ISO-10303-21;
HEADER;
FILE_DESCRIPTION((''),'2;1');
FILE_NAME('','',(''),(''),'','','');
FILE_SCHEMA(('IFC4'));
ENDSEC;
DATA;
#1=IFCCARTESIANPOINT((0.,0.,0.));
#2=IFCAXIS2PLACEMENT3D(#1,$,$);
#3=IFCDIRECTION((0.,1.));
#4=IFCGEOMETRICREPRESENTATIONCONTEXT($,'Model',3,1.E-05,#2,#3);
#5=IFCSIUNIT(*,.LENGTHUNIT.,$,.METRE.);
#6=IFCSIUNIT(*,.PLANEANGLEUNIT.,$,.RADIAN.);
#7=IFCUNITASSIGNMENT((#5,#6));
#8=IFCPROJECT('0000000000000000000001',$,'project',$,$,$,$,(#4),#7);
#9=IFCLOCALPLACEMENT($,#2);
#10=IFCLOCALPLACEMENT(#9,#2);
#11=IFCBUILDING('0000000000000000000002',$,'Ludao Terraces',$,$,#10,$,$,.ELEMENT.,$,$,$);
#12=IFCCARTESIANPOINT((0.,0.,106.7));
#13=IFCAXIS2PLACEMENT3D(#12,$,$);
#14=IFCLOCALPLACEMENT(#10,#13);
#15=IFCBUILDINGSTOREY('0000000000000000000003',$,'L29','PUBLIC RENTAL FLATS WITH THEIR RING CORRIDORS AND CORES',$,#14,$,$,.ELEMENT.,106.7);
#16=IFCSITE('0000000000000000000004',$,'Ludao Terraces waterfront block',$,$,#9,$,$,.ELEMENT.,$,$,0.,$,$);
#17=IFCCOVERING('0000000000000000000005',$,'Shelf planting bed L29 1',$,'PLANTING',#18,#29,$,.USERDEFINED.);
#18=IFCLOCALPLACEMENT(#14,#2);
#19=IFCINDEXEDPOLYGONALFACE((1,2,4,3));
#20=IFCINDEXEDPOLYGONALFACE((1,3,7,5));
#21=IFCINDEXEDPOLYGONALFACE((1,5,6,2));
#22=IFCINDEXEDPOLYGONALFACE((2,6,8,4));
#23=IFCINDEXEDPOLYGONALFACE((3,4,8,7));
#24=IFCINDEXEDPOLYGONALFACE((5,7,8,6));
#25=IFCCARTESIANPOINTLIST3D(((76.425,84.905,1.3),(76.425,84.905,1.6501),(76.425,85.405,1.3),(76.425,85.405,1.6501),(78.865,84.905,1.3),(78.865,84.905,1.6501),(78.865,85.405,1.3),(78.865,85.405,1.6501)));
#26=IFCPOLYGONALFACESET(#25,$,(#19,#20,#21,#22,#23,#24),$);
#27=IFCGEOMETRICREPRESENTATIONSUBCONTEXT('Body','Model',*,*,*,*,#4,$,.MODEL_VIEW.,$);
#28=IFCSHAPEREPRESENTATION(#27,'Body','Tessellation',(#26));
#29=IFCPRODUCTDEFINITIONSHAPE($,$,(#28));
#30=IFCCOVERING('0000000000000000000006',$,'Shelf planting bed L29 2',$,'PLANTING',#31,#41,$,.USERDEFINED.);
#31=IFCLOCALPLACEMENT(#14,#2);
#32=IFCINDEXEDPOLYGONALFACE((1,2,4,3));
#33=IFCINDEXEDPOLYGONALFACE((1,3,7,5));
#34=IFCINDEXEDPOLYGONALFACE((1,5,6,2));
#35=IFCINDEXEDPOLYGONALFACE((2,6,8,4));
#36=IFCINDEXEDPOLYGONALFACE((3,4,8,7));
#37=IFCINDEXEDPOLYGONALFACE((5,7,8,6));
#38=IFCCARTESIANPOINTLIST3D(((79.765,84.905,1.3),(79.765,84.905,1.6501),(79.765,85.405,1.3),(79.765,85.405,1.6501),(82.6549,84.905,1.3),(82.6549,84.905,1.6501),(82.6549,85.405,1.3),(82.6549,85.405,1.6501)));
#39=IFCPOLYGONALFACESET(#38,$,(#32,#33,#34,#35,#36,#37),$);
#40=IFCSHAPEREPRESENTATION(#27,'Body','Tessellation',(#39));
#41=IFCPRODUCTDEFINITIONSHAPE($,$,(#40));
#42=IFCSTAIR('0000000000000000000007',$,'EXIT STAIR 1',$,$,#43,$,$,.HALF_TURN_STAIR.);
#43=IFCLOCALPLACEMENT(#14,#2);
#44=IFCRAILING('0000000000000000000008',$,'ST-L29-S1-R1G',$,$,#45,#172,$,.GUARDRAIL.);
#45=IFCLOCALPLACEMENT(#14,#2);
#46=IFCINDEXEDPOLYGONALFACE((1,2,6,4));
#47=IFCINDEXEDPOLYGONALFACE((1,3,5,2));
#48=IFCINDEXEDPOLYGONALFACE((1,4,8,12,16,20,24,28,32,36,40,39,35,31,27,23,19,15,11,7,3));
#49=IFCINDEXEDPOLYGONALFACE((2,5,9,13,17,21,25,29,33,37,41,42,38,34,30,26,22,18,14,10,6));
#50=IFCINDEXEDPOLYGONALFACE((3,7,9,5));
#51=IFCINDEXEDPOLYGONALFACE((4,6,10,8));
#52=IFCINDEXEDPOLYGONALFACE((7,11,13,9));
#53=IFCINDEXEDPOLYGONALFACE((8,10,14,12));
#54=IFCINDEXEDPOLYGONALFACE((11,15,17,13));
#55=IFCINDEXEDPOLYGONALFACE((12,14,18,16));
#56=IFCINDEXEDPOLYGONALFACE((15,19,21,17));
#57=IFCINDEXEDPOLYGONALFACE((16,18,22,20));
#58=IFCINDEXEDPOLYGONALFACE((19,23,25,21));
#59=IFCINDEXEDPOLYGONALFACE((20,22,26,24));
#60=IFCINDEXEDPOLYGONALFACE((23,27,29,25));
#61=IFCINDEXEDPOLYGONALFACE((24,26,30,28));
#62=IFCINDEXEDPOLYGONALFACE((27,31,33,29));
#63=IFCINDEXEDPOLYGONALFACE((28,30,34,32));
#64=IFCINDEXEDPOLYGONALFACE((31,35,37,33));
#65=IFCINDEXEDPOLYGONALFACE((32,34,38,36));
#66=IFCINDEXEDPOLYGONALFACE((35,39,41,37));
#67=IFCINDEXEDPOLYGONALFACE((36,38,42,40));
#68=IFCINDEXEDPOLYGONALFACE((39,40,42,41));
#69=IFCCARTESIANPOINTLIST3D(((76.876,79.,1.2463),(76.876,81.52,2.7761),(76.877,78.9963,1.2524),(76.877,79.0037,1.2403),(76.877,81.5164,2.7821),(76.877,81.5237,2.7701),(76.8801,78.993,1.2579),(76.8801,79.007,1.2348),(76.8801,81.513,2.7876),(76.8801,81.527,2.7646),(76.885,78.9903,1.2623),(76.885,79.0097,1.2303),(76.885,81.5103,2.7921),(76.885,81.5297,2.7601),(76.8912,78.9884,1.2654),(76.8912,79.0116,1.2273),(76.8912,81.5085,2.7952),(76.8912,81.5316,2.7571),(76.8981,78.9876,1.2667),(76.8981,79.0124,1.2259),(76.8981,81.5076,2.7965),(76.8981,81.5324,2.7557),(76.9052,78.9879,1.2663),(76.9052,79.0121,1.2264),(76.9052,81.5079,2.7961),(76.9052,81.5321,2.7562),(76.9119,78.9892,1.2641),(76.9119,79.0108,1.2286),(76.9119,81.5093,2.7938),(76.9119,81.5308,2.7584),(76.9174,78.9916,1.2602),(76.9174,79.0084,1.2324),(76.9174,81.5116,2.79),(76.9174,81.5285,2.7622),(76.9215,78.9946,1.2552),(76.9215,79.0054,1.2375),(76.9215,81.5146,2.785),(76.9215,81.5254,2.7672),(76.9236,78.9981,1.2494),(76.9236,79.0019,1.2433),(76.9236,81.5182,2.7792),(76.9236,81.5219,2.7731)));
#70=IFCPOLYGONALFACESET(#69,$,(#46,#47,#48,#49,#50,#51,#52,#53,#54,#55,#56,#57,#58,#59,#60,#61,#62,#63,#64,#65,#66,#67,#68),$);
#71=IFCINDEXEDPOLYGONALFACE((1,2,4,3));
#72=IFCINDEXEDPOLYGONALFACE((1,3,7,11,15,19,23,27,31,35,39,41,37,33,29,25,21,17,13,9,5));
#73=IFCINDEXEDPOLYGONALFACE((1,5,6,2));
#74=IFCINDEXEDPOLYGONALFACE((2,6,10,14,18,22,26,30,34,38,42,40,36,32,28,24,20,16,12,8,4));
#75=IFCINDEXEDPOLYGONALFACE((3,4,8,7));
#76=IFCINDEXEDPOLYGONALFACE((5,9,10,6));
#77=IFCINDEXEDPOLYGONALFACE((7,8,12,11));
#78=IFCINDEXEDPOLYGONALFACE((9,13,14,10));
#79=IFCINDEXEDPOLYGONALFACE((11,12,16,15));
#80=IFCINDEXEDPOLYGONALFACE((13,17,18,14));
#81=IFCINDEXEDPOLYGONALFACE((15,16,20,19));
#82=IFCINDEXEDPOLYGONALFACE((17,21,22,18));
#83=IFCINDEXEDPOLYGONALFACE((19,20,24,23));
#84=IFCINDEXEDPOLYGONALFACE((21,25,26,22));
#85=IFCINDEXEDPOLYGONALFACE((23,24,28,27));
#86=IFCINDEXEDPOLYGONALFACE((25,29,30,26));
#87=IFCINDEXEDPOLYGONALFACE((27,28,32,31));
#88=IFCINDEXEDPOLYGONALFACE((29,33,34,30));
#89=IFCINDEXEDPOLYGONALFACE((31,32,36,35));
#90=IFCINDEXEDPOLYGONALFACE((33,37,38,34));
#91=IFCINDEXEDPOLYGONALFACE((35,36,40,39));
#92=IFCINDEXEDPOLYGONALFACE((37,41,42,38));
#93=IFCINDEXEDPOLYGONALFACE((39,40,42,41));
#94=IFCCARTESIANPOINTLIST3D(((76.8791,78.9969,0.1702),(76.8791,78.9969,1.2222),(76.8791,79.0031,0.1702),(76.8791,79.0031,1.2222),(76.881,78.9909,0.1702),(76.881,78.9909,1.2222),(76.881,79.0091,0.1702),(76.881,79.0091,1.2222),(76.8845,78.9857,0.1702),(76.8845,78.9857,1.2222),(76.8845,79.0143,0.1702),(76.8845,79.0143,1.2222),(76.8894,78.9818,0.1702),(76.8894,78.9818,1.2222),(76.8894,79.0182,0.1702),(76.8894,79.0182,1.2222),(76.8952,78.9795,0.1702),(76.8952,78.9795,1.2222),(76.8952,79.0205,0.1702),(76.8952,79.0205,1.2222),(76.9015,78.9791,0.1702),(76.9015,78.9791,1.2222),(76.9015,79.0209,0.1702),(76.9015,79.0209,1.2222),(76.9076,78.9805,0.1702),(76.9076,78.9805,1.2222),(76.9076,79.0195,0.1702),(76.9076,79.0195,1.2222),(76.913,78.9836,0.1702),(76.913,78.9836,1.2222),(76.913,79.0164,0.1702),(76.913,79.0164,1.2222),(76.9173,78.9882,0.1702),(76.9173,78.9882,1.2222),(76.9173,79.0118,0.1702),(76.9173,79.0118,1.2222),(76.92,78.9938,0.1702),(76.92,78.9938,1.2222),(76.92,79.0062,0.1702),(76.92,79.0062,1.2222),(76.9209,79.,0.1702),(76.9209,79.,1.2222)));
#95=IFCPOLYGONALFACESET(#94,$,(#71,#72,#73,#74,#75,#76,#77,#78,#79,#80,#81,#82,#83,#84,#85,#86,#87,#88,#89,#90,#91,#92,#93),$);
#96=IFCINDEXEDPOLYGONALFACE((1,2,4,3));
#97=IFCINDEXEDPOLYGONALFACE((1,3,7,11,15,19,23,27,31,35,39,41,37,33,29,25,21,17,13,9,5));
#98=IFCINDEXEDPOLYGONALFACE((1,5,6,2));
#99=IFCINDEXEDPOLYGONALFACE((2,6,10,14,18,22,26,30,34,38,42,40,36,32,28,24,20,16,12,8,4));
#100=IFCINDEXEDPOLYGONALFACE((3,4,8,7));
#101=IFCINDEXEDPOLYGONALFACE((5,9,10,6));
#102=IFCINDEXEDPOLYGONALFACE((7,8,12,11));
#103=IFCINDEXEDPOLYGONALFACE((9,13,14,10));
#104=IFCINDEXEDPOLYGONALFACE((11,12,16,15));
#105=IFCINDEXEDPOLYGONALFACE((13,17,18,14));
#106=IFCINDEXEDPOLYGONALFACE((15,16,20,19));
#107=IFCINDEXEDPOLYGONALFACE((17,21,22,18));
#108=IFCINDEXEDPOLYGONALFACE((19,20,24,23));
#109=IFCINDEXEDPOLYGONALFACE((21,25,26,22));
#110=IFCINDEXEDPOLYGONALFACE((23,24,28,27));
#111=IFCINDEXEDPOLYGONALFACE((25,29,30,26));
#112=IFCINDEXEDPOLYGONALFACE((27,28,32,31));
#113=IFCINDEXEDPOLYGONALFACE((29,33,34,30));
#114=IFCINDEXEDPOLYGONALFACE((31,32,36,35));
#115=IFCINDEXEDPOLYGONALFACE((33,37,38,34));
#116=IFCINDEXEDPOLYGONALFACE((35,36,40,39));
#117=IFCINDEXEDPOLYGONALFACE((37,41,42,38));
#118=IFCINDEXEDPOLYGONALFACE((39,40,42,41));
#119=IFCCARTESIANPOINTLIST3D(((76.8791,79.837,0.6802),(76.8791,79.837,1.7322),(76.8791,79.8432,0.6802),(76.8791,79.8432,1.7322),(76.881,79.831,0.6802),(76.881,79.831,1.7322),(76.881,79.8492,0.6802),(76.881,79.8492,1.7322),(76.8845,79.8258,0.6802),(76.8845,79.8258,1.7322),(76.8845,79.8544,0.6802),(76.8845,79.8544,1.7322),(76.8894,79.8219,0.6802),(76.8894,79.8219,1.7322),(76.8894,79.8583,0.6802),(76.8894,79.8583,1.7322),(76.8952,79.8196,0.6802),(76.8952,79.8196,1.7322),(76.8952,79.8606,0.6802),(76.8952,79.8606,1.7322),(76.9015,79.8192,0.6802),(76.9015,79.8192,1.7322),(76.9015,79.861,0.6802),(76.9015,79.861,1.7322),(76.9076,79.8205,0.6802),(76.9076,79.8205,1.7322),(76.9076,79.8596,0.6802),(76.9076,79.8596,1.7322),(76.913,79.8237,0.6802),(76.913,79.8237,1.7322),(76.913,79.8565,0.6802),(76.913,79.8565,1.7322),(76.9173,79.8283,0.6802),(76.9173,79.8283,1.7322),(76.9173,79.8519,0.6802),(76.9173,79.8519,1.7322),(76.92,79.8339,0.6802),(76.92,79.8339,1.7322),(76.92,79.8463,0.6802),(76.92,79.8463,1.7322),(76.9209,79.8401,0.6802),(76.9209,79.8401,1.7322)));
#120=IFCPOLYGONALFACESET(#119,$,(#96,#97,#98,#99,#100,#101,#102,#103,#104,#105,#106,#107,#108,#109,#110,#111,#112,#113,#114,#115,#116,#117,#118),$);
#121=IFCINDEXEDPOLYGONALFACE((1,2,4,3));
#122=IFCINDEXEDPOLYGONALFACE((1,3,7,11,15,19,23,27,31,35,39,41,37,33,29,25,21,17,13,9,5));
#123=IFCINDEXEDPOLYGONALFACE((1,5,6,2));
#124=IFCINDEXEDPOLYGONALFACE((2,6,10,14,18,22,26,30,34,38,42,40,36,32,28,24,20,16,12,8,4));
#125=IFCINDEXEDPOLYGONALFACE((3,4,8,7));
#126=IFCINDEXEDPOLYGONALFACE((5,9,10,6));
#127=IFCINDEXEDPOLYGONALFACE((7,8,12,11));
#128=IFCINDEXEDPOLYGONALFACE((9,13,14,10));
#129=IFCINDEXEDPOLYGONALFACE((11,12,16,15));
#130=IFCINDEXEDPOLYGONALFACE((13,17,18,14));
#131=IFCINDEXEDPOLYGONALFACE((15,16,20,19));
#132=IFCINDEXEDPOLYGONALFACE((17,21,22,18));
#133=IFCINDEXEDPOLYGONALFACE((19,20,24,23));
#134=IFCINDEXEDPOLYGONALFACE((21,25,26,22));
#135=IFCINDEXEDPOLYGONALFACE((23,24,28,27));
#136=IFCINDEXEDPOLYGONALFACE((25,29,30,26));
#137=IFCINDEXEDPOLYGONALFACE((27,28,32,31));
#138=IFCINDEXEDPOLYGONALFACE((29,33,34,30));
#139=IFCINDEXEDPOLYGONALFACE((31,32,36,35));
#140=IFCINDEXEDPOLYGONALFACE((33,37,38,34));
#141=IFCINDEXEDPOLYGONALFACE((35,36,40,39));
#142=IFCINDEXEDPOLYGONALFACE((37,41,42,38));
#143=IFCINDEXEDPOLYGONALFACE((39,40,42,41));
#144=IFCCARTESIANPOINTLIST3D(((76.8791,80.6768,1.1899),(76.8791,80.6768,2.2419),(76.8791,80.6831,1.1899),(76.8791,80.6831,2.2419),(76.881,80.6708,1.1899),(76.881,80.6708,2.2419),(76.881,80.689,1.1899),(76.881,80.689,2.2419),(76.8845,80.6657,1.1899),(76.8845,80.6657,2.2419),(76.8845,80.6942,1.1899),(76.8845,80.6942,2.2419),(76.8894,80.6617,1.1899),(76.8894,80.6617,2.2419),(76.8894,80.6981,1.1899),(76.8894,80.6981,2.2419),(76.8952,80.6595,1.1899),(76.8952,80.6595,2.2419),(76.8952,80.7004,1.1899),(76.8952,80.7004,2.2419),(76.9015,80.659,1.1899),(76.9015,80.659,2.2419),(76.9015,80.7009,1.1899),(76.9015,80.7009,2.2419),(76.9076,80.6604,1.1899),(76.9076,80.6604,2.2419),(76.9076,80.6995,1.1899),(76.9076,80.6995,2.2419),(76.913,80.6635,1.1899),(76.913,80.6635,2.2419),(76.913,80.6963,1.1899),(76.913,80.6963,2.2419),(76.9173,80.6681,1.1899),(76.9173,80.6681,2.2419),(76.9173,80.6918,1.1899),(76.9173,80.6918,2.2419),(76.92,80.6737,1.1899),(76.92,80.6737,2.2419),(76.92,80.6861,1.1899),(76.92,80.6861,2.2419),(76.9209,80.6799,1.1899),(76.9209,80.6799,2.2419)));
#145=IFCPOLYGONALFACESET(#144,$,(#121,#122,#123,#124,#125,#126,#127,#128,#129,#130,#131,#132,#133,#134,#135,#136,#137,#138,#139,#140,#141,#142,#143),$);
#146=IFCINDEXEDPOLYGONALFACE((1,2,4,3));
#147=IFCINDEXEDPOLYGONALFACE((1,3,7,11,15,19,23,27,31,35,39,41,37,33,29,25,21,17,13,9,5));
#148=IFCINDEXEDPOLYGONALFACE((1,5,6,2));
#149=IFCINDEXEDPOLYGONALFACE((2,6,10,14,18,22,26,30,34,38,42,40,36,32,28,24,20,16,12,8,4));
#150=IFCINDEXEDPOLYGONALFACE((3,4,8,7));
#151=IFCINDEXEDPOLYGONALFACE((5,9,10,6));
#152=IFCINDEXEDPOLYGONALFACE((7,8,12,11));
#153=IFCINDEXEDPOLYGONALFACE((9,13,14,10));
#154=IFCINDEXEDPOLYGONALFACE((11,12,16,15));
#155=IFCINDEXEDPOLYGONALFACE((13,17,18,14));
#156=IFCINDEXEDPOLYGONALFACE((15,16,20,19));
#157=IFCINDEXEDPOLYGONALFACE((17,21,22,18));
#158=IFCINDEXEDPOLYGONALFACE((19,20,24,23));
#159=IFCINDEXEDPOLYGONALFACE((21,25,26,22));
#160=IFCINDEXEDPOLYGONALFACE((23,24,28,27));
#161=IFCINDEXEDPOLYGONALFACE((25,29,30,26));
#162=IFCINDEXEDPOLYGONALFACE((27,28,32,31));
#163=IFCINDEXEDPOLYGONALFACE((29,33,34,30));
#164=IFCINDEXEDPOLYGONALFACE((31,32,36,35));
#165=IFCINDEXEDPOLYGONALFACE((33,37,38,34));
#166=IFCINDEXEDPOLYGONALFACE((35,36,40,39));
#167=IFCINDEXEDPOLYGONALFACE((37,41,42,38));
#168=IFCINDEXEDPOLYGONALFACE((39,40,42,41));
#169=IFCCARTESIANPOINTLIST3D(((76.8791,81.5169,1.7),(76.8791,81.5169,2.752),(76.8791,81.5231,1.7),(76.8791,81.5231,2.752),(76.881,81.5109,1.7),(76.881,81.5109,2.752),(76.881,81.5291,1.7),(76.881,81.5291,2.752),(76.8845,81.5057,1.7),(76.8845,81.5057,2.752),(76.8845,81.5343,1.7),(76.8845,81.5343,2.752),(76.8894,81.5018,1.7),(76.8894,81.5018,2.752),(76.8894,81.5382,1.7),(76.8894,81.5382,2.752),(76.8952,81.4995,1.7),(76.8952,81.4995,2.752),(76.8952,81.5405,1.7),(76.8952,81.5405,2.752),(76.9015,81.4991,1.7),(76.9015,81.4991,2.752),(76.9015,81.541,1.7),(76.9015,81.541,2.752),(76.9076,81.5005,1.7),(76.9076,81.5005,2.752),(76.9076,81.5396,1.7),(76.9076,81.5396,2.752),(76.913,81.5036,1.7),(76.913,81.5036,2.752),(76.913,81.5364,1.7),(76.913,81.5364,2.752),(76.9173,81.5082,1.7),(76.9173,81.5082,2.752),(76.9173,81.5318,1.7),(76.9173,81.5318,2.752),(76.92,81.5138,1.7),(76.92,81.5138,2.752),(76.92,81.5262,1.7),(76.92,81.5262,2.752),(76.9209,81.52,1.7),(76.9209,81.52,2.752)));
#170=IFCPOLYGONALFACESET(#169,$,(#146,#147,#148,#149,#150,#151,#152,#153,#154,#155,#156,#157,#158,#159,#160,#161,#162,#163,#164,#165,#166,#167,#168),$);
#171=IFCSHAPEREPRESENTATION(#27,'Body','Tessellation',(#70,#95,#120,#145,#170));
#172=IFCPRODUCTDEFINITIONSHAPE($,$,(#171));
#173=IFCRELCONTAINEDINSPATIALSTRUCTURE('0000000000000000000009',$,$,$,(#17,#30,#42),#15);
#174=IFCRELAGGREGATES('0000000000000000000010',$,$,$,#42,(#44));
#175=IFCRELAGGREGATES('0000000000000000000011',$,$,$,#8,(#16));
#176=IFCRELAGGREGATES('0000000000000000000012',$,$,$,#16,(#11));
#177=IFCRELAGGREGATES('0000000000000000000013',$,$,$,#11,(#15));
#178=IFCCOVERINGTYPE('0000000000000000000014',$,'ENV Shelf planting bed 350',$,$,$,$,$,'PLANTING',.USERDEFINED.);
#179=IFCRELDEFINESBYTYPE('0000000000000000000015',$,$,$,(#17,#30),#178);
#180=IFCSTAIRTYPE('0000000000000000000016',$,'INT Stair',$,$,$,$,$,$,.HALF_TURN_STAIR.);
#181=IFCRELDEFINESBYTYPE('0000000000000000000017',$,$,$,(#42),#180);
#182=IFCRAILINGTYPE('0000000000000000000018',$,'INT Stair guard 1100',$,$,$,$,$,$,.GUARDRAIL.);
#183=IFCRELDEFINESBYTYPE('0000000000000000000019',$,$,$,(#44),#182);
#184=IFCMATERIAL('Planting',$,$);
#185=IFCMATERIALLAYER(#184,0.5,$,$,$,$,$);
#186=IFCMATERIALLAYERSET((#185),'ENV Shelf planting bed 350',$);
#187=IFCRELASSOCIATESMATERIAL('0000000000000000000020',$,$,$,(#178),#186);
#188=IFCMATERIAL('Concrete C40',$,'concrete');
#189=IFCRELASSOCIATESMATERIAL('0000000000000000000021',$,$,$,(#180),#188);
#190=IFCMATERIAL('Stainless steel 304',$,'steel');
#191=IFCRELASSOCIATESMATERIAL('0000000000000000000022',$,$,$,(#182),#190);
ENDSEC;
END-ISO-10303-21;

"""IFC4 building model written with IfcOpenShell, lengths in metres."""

from ifc_helpers import new_model, si_unit, direction, frame, origin, origin_2d, place, context, subcontext, project, spatial, rectangle, circle, extrude, material, layer, layer_set, type_object, element, aggregate, save


model = new_model("IFC4")

# Units and contexts
model_context = context("Model", 3, precision=1e-05, world=origin(), true_north=direction((0.0, 1.0)))
body_context = subcontext(model_context, "Body", "Model", "MODEL_VIEW")
ifc_project = project(units=[si_unit("LENGTHUNIT", "METRE"), si_unit("PLANEANGLEUNIT", "RADIAN")], contexts=[model_context])

# Site, building, storey
site_placement = place(None, origin())
site = spatial("IfcSite", under=ifc_project, at=site_placement, Name="Ludao Terraces waterfront block", CompositionType="ELEMENT", RefElevation=0.0)
building_placement = place(site_placement, origin())
building = spatial("IfcBuilding", under=site, at=building_placement, Name="Ludao Terraces", CompositionType="ELEMENT")
storey_placement = place(building_placement, frame((0.0, 0.0, 106.7)))
storey = spatial("IfcBuildingStorey", under=building, at=storey_placement, Name="L29", Description="PUBLIC RENTAL FLATS WITH THEIR RING CORRIDORS AND CORES", CompositionType="ELEMENT", Elevation=106.7)

# Coverings
ifc_material_1 = material(Name="Planting")
ifc_layer_1 = layer(ifc_material_1, 0.5)
ifc_layer_set_1 = layer_set([ifc_layer_1], Name="ENV Shelf planting bed 350")
covering_type_1 = type_object("IfcCoveringType", Name="ENV Shelf planting bed 350", ElementType="PLANTING", PredefinedType="USERDEFINED", material=ifc_layer_set_1)
covering_1_placement = place(storey_placement, frame((77.645, 85.155, 1.3), z_axis=(0.0, 0.0, 1.0), x_axis=(1.0, 0.0, 0.0)))
element("IfcCovering", 1, at=covering_1_placement, inside=storey, type_object=covering_type_1, Name="Shelf planting bed L29 1", ObjectType="PLANTING", PredefinedType="USERDEFINED", context=body_context, shape_type="SweptSolid", body=[
    extrude(rectangle(XDim=2.4399, YDim=0.5, at=origin_2d()), origin(), (0.0, 0.0, 1.0), 0.3501),
])
covering_2_placement = place(storey_placement, frame((81.21, 85.155, 1.3), z_axis=(0.0, 0.0, 1.0), x_axis=(1.0, 0.0, 0.0)))
element("IfcCovering", 2, at=covering_2_placement, inside=storey, type_object=covering_type_1, Name="Shelf planting bed L29 2", ObjectType="PLANTING", PredefinedType="USERDEFINED", context=body_context, shape_type="SweptSolid", body=[
    extrude(rectangle(XDim=2.8899, YDim=0.5, at=origin_2d()), origin(), (0.0, 0.0, 1.0), 0.3501),
])

# Stair, railing
ifc_material_2 = material(Name="Concrete C40", Category="concrete")
stair_type = type_object("IfcStairType", Name="INT Stair", PredefinedType="HALF_TURN_STAIR", material=ifc_material_2)
stair_placement = place(storey_placement, origin())
stair = element("IfcStair", 3, at=stair_placement, inside=storey, type_object=stair_type, Name="EXIT STAIR 1", PredefinedType="HALF_TURN_STAIR")
ifc_material_3 = material(Name="Stainless steel 304", Category="steel")
railing_type_1 = type_object("IfcRailingType", Name="INT Stair guard 1100", PredefinedType="GUARDRAIL", material=ifc_material_3)
railing_1_placement = place(storey_placement, frame((76.8999, 79.0, 0.1702)))
railing_1 = element("IfcRailing", 4, at=railing_1_placement, type_object=railing_type_1, Name="ST-L29-S1-R1G", PredefinedType="GUARDRAIL", context=body_context, shape_type="SweptSolid", body=[
    extrude(circle(Radius=0.0239, at=origin_2d()), frame((0.0, 0.0, 1.0762), z_axis=(0.0, 0.854822, 0.518922), x_axis=(-1.0, 0.0, 0.0)), (0.0, 0.0, 1.0), 2.948),
    extrude(circle(Radius=0.021, at=origin_2d()), origin(), (0.0, 0.0, 1.0), 1.052),
    extrude(circle(Radius=0.021, at=origin_2d()), frame((0.0, 0.8401, 0.51)), (0.0, 0.0, 1.0), 1.052),
    extrude(circle(Radius=0.021, at=origin_2d()), frame((0.0, 1.6799, 1.0198)), (0.0, 0.0, 1.0), 1.052),
    extrude(circle(Radius=0.021, at=origin_2d()), frame((0.0, 2.52, 1.5298)), (0.0, 0.0, 1.0), 1.052),
])
aggregate(stair, [railing_1])

save(model, "model.ifc")
